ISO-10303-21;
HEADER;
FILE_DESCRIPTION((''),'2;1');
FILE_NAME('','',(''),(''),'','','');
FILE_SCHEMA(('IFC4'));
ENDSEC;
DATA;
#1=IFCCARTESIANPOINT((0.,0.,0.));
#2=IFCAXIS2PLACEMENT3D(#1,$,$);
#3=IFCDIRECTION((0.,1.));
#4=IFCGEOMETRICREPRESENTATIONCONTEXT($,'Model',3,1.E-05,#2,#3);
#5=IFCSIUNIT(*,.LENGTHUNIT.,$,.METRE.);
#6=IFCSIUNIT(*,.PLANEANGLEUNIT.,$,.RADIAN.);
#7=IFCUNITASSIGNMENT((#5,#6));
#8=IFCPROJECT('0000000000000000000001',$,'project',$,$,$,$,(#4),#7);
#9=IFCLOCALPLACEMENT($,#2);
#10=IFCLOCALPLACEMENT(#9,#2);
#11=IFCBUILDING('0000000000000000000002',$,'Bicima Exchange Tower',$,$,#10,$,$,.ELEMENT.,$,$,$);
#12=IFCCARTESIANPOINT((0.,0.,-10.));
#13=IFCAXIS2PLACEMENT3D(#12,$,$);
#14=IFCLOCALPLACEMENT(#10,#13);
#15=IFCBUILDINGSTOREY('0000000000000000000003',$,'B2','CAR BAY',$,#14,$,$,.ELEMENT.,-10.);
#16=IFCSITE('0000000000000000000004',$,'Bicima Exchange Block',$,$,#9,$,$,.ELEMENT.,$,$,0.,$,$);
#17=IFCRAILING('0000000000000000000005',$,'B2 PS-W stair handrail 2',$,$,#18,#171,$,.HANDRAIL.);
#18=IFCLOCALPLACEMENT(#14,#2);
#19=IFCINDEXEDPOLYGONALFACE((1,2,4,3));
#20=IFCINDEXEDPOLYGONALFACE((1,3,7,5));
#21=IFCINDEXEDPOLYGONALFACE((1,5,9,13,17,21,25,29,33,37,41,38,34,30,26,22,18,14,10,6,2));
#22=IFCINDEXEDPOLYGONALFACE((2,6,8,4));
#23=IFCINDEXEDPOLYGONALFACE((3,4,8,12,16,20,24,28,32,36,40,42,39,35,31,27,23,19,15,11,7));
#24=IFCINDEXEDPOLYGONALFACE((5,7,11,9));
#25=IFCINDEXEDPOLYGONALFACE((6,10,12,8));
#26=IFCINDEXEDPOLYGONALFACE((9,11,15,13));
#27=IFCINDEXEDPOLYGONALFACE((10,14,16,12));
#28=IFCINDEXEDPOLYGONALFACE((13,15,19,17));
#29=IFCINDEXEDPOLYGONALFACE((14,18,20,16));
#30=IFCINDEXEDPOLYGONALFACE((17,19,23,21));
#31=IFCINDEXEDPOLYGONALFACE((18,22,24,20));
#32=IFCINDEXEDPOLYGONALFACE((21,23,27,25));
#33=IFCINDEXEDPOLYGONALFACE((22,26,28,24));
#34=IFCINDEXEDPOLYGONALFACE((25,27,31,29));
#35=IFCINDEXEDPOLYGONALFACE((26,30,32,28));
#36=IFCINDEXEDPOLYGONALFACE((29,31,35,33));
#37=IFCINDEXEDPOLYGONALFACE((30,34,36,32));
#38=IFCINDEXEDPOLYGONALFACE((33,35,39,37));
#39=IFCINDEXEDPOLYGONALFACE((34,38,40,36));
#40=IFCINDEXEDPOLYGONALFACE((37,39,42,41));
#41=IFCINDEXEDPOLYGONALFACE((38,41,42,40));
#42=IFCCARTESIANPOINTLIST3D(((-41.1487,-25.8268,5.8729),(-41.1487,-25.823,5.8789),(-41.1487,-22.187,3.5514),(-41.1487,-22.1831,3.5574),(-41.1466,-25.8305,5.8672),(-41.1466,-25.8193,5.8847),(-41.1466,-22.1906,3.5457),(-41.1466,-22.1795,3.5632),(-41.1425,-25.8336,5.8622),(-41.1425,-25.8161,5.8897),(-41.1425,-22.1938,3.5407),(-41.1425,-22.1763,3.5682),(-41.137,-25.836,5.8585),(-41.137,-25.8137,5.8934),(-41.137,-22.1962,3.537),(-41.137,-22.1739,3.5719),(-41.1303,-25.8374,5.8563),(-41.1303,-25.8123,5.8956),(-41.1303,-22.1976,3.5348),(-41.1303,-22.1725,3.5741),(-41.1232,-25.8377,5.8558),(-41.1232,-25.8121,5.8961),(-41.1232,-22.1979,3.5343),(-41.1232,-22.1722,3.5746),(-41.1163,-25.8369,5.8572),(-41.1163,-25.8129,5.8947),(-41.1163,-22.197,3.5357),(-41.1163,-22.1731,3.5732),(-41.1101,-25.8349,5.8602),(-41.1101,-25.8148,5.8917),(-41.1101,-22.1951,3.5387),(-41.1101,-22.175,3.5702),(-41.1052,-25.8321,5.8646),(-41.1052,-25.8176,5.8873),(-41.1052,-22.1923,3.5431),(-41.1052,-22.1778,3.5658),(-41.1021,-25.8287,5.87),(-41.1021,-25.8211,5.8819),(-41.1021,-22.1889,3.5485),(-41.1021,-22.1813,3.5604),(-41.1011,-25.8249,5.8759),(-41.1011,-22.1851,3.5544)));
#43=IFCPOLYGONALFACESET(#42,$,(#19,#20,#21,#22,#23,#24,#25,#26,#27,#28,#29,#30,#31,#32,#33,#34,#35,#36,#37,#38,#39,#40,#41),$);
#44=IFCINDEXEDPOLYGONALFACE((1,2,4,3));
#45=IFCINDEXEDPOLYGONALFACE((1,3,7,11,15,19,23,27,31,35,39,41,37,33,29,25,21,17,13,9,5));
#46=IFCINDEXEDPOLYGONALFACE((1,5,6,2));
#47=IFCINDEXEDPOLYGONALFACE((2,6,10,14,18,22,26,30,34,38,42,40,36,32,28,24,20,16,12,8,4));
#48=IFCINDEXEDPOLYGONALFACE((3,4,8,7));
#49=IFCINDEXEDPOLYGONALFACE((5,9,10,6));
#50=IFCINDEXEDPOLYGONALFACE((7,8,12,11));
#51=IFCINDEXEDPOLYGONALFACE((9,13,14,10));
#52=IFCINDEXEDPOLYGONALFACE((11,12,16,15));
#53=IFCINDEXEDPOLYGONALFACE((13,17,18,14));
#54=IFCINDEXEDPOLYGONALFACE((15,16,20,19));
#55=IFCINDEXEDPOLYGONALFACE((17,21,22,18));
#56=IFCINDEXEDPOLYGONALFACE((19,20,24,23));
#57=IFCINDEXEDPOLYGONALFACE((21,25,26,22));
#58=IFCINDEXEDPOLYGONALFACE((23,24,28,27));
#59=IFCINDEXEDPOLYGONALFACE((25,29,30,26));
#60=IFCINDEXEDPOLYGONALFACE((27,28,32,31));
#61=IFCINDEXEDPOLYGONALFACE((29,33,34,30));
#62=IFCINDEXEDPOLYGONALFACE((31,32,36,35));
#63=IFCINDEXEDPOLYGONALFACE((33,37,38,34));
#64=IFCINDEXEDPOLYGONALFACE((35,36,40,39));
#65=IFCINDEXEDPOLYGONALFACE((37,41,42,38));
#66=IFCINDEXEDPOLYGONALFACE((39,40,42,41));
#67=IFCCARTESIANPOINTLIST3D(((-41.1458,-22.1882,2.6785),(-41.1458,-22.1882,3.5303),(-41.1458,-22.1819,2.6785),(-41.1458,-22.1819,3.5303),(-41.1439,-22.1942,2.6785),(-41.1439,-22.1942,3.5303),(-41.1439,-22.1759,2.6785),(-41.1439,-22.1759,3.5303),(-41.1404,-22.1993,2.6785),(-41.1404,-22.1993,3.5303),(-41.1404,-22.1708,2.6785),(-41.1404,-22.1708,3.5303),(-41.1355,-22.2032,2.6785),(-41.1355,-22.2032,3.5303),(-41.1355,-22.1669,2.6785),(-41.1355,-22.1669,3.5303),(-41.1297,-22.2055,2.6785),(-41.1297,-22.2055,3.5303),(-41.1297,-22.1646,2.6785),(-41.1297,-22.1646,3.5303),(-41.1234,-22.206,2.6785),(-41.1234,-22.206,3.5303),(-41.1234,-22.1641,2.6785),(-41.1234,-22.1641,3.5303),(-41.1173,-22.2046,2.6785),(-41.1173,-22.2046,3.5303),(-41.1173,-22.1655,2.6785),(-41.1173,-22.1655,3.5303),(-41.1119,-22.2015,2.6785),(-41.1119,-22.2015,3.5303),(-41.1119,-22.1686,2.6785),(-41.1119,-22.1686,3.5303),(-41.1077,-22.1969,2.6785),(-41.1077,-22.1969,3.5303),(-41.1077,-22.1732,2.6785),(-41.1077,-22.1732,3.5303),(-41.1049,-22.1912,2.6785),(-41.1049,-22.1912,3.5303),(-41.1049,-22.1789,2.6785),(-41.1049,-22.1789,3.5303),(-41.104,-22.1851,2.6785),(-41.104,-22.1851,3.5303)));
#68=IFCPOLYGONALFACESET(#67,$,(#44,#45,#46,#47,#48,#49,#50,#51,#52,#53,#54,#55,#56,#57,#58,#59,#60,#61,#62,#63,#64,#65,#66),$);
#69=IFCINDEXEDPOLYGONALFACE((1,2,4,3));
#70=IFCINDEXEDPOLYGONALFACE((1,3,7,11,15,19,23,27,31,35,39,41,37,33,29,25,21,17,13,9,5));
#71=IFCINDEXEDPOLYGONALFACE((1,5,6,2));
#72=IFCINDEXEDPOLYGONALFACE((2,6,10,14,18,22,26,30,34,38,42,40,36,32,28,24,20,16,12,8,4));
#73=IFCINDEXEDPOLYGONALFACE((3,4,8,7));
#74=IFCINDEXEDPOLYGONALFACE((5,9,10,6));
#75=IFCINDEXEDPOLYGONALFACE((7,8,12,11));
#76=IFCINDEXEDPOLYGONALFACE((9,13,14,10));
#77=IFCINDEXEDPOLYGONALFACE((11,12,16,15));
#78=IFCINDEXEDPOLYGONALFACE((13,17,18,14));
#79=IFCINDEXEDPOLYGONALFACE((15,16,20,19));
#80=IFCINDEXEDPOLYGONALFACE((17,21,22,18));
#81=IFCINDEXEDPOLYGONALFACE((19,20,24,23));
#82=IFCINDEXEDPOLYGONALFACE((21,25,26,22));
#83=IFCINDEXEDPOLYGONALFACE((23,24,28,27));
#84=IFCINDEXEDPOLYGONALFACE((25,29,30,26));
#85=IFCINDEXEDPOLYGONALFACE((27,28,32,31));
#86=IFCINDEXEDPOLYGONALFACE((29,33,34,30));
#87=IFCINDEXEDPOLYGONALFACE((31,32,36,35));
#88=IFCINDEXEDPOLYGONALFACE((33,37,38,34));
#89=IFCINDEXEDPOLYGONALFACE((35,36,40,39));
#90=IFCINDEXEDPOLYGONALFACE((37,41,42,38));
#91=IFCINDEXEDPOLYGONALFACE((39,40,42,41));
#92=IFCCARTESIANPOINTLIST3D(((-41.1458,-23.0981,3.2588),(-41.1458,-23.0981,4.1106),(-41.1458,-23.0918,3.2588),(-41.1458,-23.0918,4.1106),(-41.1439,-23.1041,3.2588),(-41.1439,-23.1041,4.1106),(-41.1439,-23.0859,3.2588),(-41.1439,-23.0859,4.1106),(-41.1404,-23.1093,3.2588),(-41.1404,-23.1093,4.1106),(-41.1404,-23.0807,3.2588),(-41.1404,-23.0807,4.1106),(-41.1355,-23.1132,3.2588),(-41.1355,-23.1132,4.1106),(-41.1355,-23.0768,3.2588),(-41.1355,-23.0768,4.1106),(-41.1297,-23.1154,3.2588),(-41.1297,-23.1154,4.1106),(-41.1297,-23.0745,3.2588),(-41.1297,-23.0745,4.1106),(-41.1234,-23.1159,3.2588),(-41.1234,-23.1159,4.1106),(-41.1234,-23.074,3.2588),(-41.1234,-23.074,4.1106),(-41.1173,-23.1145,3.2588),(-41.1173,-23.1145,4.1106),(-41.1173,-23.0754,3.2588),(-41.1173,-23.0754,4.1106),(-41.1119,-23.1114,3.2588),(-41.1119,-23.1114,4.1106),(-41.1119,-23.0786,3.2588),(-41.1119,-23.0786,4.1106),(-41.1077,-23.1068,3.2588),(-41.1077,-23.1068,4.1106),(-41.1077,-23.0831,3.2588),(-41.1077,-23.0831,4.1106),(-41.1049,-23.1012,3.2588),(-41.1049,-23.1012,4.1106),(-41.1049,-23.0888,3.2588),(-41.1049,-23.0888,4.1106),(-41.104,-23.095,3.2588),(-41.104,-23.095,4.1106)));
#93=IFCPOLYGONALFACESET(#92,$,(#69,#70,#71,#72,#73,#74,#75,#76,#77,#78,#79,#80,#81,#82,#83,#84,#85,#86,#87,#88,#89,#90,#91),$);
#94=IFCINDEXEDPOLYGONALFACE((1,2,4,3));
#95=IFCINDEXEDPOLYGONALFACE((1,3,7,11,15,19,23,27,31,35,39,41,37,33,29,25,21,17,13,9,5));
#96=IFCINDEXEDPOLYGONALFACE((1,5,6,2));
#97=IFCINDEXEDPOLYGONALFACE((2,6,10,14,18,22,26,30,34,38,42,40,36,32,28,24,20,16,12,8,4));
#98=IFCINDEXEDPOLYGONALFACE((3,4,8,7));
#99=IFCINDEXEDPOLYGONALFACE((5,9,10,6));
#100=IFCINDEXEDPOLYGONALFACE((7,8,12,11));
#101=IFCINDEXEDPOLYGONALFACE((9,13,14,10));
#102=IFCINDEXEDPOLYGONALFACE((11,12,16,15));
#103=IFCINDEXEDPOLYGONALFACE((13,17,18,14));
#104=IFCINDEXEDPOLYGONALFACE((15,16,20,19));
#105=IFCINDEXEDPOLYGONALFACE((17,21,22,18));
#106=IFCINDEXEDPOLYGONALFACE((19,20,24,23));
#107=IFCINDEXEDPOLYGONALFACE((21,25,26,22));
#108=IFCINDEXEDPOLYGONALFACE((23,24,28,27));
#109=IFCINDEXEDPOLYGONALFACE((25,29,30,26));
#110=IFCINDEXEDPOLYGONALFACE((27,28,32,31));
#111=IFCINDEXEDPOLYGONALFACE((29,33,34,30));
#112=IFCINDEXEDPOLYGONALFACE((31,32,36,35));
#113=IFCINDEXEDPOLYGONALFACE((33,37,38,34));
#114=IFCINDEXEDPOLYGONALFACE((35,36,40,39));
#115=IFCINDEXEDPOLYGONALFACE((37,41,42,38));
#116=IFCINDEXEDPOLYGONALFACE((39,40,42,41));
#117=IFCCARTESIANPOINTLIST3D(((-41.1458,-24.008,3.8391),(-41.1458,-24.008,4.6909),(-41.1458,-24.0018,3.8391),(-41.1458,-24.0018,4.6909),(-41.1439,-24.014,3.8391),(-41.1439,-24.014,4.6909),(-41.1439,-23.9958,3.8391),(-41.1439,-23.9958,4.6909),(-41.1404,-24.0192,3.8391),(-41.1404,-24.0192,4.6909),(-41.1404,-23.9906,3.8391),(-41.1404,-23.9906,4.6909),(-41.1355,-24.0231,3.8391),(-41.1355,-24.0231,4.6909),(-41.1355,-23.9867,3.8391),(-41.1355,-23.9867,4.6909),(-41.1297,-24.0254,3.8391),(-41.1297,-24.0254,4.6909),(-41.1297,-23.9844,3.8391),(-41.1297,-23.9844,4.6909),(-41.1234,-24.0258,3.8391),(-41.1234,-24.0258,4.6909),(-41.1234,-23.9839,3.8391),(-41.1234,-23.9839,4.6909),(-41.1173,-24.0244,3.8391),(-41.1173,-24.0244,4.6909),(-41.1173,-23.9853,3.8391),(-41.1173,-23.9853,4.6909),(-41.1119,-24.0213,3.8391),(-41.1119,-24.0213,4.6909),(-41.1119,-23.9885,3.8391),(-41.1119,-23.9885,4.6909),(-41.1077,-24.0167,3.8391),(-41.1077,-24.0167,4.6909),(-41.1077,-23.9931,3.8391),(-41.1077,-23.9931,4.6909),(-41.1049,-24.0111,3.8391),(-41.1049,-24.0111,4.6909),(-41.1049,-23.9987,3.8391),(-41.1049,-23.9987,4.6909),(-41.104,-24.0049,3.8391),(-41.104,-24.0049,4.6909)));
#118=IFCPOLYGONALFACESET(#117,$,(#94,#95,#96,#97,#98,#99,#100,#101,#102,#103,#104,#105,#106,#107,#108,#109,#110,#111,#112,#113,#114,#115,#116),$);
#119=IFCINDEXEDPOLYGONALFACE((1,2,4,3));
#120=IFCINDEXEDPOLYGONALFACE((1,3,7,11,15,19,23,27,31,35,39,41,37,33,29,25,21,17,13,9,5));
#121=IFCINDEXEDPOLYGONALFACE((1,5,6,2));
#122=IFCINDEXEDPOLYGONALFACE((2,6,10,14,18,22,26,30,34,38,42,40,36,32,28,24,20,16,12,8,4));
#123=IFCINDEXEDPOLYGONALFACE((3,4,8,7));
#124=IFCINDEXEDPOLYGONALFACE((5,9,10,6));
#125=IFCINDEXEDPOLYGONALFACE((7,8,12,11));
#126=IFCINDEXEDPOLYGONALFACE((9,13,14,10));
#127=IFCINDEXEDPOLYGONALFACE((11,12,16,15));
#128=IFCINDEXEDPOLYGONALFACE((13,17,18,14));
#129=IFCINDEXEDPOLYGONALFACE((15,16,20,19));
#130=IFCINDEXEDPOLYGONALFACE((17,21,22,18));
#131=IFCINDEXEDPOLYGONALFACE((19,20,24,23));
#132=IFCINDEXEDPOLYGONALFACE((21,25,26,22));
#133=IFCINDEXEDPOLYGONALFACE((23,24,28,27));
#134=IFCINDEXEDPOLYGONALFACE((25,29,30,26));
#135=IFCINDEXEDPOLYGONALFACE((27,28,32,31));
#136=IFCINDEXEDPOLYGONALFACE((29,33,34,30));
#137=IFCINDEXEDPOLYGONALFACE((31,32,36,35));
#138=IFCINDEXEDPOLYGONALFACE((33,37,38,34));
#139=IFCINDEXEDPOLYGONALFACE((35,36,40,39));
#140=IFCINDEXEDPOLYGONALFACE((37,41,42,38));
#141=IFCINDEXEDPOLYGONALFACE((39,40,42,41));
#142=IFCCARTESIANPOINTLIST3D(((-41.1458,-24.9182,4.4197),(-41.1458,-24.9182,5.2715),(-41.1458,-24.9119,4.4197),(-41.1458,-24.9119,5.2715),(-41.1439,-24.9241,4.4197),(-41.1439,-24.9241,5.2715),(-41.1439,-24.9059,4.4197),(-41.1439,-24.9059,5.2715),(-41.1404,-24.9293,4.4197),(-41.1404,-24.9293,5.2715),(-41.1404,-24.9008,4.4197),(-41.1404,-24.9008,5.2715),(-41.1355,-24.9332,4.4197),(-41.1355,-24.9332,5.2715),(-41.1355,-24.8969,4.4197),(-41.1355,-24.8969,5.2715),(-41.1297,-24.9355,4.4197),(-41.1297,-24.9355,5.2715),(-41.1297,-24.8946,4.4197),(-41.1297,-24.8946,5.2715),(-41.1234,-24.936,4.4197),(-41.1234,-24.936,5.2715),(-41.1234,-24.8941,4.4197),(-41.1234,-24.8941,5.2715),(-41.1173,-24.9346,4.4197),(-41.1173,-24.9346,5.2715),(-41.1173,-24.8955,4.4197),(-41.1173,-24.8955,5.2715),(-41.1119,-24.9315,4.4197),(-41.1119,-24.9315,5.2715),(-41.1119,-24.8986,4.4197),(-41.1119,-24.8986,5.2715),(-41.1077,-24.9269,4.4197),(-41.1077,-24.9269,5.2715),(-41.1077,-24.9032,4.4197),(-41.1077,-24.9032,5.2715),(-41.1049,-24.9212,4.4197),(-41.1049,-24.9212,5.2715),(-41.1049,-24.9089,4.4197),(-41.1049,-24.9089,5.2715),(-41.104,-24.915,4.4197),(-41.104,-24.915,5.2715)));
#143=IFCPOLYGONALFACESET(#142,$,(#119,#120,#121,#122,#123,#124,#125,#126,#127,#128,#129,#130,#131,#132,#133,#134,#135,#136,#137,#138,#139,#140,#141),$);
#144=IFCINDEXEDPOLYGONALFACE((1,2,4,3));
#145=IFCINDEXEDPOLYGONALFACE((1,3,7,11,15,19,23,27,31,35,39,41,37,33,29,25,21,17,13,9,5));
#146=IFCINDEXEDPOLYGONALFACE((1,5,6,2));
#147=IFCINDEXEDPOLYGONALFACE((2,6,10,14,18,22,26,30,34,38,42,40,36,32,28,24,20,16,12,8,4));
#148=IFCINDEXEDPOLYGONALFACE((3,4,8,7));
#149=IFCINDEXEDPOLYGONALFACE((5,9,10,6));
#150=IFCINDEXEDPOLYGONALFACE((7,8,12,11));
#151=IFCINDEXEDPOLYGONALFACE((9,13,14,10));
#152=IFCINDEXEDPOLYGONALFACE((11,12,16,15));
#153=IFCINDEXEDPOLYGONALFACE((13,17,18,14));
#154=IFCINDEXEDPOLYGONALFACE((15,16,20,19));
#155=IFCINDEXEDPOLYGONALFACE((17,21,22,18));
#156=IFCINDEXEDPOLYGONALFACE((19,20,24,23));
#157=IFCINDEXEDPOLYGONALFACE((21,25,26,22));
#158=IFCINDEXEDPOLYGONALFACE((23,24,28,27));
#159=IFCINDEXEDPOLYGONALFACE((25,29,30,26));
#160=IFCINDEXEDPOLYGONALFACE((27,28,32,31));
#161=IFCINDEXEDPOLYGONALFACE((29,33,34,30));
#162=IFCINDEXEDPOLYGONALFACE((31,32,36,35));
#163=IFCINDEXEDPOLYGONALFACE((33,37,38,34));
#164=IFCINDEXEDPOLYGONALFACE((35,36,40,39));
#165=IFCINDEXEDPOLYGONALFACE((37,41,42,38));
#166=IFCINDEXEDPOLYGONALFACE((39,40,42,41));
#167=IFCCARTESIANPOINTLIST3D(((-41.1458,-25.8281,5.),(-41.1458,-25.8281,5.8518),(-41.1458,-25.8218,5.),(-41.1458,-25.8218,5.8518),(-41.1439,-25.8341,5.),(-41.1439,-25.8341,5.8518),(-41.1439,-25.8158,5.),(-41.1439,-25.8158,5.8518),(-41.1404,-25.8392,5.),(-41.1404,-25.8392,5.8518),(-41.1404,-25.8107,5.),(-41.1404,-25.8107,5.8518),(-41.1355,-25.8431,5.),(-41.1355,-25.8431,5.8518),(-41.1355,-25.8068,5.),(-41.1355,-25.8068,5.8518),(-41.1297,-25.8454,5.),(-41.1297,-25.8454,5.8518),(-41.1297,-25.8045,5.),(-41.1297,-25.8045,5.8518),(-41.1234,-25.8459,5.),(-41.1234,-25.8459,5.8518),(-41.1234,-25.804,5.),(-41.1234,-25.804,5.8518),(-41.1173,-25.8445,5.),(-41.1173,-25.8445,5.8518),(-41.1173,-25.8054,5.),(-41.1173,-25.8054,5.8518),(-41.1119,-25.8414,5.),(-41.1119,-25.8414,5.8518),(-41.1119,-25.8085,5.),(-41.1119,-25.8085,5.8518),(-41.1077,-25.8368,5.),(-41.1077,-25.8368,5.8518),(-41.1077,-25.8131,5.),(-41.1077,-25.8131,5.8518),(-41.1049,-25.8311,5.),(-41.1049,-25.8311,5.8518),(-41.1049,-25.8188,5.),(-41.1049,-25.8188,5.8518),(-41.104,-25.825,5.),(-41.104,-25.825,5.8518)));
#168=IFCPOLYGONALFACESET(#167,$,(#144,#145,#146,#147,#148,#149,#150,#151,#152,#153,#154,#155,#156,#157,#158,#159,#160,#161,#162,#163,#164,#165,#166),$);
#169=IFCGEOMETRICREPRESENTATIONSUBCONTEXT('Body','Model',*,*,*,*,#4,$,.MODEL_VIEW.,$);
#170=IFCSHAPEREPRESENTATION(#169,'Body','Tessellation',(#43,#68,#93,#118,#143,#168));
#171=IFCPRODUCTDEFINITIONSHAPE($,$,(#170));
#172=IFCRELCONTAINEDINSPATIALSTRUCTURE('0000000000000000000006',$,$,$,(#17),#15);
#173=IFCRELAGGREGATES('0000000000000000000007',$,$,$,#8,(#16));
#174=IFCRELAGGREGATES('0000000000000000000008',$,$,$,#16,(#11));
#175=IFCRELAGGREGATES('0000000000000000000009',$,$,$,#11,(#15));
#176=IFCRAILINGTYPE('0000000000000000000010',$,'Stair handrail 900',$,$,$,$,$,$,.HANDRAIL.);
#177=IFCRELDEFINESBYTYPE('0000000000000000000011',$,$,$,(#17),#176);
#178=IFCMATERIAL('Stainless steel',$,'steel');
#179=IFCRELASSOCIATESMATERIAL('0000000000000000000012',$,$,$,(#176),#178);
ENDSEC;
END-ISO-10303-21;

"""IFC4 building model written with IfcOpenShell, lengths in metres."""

from ifc_helpers import new_model, si_unit, direction, frame, origin, origin_2d, place, context, subcontext, project, spatial, circle, extrude, material, type_object, element, save


model = new_model("IFC4")

# Units and contexts
model_context = context("Model", 3, precision=1e-05, world=origin(), true_north=direction((0.0, 1.0)))
body_context = subcontext(model_context, "Body", "Model", "MODEL_VIEW")
ifc_project = project(units=[si_unit("LENGTHUNIT", "METRE"), si_unit("PLANEANGLEUNIT", "RADIAN")], contexts=[model_context])

# Site, building, storey
site_placement = place(None, origin())
site = spatial("IfcSite", under=ifc_project, at=site_placement, Name="Bicima Exchange Block", CompositionType="ELEMENT", RefElevation=0.0)
building_placement = place(site_placement, origin())
building = spatial("IfcBuilding", under=site, at=building_placement, Name="Bicima Exchange Tower", CompositionType="ELEMENT")
storey_placement = place(building_placement, frame((0.0, 0.0, -10.0)))
storey = spatial("IfcBuildingStorey", under=building, at=storey_placement, Name="B2", Description="CAR BAY", CompositionType="ELEMENT", Elevation=-10.0)

# Railing
ifc_material_1 = material(Name="Stainless steel", Category="steel")
railing_type_1 = type_object("IfcRailingType", Name="Stair handrail 900", PredefinedType="HANDRAIL", material=ifc_material_1)
railing_1_placement = place(storey_placement, frame((-41.125, -22.1851, 2.6785)))
element("IfcRailing", 1, at=railing_1_placement, inside=storey, type_object=railing_type_1, Name="B2 PS-W stair handrail 2", PredefinedType="HANDRAIL", context=body_context, shape_type="SweptSolid", body=[
    extrude(circle(Radius=0.0239, at=origin_2d()), frame((0.0, 0.0, 0.876), z_axis=(0.0, -0.843112, 0.537739), x_axis=(1.0, 0.0, 0.0)), (0.0, 0.0, 1.0), 4.3171),
    extrude(circle(Radius=0.021, at=origin_2d()), origin(), (0.0, 0.0, 1.0), 0.8518),
    extrude(circle(Radius=0.021, at=origin_2d()), frame((0.0, -0.9099, 0.5803)), (0.0, 0.0, 1.0), 0.8518),
    extrude(circle(Radius=0.021, at=origin_2d()), frame((0.0, -1.8198, 1.1606)), (0.0, 0.0, 1.0), 0.8518),
    extrude(circle(Radius=0.021, at=origin_2d()), frame((0.0, -2.73, 1.7412)), (0.0, 0.0, 1.0), 0.8518),
    extrude(circle(Radius=0.021, at=origin_2d()), frame((0.0, -3.6399, 2.3215)), (0.0, 0.0, 1.0), 0.8518),
])

save(model, "model.ifc")
